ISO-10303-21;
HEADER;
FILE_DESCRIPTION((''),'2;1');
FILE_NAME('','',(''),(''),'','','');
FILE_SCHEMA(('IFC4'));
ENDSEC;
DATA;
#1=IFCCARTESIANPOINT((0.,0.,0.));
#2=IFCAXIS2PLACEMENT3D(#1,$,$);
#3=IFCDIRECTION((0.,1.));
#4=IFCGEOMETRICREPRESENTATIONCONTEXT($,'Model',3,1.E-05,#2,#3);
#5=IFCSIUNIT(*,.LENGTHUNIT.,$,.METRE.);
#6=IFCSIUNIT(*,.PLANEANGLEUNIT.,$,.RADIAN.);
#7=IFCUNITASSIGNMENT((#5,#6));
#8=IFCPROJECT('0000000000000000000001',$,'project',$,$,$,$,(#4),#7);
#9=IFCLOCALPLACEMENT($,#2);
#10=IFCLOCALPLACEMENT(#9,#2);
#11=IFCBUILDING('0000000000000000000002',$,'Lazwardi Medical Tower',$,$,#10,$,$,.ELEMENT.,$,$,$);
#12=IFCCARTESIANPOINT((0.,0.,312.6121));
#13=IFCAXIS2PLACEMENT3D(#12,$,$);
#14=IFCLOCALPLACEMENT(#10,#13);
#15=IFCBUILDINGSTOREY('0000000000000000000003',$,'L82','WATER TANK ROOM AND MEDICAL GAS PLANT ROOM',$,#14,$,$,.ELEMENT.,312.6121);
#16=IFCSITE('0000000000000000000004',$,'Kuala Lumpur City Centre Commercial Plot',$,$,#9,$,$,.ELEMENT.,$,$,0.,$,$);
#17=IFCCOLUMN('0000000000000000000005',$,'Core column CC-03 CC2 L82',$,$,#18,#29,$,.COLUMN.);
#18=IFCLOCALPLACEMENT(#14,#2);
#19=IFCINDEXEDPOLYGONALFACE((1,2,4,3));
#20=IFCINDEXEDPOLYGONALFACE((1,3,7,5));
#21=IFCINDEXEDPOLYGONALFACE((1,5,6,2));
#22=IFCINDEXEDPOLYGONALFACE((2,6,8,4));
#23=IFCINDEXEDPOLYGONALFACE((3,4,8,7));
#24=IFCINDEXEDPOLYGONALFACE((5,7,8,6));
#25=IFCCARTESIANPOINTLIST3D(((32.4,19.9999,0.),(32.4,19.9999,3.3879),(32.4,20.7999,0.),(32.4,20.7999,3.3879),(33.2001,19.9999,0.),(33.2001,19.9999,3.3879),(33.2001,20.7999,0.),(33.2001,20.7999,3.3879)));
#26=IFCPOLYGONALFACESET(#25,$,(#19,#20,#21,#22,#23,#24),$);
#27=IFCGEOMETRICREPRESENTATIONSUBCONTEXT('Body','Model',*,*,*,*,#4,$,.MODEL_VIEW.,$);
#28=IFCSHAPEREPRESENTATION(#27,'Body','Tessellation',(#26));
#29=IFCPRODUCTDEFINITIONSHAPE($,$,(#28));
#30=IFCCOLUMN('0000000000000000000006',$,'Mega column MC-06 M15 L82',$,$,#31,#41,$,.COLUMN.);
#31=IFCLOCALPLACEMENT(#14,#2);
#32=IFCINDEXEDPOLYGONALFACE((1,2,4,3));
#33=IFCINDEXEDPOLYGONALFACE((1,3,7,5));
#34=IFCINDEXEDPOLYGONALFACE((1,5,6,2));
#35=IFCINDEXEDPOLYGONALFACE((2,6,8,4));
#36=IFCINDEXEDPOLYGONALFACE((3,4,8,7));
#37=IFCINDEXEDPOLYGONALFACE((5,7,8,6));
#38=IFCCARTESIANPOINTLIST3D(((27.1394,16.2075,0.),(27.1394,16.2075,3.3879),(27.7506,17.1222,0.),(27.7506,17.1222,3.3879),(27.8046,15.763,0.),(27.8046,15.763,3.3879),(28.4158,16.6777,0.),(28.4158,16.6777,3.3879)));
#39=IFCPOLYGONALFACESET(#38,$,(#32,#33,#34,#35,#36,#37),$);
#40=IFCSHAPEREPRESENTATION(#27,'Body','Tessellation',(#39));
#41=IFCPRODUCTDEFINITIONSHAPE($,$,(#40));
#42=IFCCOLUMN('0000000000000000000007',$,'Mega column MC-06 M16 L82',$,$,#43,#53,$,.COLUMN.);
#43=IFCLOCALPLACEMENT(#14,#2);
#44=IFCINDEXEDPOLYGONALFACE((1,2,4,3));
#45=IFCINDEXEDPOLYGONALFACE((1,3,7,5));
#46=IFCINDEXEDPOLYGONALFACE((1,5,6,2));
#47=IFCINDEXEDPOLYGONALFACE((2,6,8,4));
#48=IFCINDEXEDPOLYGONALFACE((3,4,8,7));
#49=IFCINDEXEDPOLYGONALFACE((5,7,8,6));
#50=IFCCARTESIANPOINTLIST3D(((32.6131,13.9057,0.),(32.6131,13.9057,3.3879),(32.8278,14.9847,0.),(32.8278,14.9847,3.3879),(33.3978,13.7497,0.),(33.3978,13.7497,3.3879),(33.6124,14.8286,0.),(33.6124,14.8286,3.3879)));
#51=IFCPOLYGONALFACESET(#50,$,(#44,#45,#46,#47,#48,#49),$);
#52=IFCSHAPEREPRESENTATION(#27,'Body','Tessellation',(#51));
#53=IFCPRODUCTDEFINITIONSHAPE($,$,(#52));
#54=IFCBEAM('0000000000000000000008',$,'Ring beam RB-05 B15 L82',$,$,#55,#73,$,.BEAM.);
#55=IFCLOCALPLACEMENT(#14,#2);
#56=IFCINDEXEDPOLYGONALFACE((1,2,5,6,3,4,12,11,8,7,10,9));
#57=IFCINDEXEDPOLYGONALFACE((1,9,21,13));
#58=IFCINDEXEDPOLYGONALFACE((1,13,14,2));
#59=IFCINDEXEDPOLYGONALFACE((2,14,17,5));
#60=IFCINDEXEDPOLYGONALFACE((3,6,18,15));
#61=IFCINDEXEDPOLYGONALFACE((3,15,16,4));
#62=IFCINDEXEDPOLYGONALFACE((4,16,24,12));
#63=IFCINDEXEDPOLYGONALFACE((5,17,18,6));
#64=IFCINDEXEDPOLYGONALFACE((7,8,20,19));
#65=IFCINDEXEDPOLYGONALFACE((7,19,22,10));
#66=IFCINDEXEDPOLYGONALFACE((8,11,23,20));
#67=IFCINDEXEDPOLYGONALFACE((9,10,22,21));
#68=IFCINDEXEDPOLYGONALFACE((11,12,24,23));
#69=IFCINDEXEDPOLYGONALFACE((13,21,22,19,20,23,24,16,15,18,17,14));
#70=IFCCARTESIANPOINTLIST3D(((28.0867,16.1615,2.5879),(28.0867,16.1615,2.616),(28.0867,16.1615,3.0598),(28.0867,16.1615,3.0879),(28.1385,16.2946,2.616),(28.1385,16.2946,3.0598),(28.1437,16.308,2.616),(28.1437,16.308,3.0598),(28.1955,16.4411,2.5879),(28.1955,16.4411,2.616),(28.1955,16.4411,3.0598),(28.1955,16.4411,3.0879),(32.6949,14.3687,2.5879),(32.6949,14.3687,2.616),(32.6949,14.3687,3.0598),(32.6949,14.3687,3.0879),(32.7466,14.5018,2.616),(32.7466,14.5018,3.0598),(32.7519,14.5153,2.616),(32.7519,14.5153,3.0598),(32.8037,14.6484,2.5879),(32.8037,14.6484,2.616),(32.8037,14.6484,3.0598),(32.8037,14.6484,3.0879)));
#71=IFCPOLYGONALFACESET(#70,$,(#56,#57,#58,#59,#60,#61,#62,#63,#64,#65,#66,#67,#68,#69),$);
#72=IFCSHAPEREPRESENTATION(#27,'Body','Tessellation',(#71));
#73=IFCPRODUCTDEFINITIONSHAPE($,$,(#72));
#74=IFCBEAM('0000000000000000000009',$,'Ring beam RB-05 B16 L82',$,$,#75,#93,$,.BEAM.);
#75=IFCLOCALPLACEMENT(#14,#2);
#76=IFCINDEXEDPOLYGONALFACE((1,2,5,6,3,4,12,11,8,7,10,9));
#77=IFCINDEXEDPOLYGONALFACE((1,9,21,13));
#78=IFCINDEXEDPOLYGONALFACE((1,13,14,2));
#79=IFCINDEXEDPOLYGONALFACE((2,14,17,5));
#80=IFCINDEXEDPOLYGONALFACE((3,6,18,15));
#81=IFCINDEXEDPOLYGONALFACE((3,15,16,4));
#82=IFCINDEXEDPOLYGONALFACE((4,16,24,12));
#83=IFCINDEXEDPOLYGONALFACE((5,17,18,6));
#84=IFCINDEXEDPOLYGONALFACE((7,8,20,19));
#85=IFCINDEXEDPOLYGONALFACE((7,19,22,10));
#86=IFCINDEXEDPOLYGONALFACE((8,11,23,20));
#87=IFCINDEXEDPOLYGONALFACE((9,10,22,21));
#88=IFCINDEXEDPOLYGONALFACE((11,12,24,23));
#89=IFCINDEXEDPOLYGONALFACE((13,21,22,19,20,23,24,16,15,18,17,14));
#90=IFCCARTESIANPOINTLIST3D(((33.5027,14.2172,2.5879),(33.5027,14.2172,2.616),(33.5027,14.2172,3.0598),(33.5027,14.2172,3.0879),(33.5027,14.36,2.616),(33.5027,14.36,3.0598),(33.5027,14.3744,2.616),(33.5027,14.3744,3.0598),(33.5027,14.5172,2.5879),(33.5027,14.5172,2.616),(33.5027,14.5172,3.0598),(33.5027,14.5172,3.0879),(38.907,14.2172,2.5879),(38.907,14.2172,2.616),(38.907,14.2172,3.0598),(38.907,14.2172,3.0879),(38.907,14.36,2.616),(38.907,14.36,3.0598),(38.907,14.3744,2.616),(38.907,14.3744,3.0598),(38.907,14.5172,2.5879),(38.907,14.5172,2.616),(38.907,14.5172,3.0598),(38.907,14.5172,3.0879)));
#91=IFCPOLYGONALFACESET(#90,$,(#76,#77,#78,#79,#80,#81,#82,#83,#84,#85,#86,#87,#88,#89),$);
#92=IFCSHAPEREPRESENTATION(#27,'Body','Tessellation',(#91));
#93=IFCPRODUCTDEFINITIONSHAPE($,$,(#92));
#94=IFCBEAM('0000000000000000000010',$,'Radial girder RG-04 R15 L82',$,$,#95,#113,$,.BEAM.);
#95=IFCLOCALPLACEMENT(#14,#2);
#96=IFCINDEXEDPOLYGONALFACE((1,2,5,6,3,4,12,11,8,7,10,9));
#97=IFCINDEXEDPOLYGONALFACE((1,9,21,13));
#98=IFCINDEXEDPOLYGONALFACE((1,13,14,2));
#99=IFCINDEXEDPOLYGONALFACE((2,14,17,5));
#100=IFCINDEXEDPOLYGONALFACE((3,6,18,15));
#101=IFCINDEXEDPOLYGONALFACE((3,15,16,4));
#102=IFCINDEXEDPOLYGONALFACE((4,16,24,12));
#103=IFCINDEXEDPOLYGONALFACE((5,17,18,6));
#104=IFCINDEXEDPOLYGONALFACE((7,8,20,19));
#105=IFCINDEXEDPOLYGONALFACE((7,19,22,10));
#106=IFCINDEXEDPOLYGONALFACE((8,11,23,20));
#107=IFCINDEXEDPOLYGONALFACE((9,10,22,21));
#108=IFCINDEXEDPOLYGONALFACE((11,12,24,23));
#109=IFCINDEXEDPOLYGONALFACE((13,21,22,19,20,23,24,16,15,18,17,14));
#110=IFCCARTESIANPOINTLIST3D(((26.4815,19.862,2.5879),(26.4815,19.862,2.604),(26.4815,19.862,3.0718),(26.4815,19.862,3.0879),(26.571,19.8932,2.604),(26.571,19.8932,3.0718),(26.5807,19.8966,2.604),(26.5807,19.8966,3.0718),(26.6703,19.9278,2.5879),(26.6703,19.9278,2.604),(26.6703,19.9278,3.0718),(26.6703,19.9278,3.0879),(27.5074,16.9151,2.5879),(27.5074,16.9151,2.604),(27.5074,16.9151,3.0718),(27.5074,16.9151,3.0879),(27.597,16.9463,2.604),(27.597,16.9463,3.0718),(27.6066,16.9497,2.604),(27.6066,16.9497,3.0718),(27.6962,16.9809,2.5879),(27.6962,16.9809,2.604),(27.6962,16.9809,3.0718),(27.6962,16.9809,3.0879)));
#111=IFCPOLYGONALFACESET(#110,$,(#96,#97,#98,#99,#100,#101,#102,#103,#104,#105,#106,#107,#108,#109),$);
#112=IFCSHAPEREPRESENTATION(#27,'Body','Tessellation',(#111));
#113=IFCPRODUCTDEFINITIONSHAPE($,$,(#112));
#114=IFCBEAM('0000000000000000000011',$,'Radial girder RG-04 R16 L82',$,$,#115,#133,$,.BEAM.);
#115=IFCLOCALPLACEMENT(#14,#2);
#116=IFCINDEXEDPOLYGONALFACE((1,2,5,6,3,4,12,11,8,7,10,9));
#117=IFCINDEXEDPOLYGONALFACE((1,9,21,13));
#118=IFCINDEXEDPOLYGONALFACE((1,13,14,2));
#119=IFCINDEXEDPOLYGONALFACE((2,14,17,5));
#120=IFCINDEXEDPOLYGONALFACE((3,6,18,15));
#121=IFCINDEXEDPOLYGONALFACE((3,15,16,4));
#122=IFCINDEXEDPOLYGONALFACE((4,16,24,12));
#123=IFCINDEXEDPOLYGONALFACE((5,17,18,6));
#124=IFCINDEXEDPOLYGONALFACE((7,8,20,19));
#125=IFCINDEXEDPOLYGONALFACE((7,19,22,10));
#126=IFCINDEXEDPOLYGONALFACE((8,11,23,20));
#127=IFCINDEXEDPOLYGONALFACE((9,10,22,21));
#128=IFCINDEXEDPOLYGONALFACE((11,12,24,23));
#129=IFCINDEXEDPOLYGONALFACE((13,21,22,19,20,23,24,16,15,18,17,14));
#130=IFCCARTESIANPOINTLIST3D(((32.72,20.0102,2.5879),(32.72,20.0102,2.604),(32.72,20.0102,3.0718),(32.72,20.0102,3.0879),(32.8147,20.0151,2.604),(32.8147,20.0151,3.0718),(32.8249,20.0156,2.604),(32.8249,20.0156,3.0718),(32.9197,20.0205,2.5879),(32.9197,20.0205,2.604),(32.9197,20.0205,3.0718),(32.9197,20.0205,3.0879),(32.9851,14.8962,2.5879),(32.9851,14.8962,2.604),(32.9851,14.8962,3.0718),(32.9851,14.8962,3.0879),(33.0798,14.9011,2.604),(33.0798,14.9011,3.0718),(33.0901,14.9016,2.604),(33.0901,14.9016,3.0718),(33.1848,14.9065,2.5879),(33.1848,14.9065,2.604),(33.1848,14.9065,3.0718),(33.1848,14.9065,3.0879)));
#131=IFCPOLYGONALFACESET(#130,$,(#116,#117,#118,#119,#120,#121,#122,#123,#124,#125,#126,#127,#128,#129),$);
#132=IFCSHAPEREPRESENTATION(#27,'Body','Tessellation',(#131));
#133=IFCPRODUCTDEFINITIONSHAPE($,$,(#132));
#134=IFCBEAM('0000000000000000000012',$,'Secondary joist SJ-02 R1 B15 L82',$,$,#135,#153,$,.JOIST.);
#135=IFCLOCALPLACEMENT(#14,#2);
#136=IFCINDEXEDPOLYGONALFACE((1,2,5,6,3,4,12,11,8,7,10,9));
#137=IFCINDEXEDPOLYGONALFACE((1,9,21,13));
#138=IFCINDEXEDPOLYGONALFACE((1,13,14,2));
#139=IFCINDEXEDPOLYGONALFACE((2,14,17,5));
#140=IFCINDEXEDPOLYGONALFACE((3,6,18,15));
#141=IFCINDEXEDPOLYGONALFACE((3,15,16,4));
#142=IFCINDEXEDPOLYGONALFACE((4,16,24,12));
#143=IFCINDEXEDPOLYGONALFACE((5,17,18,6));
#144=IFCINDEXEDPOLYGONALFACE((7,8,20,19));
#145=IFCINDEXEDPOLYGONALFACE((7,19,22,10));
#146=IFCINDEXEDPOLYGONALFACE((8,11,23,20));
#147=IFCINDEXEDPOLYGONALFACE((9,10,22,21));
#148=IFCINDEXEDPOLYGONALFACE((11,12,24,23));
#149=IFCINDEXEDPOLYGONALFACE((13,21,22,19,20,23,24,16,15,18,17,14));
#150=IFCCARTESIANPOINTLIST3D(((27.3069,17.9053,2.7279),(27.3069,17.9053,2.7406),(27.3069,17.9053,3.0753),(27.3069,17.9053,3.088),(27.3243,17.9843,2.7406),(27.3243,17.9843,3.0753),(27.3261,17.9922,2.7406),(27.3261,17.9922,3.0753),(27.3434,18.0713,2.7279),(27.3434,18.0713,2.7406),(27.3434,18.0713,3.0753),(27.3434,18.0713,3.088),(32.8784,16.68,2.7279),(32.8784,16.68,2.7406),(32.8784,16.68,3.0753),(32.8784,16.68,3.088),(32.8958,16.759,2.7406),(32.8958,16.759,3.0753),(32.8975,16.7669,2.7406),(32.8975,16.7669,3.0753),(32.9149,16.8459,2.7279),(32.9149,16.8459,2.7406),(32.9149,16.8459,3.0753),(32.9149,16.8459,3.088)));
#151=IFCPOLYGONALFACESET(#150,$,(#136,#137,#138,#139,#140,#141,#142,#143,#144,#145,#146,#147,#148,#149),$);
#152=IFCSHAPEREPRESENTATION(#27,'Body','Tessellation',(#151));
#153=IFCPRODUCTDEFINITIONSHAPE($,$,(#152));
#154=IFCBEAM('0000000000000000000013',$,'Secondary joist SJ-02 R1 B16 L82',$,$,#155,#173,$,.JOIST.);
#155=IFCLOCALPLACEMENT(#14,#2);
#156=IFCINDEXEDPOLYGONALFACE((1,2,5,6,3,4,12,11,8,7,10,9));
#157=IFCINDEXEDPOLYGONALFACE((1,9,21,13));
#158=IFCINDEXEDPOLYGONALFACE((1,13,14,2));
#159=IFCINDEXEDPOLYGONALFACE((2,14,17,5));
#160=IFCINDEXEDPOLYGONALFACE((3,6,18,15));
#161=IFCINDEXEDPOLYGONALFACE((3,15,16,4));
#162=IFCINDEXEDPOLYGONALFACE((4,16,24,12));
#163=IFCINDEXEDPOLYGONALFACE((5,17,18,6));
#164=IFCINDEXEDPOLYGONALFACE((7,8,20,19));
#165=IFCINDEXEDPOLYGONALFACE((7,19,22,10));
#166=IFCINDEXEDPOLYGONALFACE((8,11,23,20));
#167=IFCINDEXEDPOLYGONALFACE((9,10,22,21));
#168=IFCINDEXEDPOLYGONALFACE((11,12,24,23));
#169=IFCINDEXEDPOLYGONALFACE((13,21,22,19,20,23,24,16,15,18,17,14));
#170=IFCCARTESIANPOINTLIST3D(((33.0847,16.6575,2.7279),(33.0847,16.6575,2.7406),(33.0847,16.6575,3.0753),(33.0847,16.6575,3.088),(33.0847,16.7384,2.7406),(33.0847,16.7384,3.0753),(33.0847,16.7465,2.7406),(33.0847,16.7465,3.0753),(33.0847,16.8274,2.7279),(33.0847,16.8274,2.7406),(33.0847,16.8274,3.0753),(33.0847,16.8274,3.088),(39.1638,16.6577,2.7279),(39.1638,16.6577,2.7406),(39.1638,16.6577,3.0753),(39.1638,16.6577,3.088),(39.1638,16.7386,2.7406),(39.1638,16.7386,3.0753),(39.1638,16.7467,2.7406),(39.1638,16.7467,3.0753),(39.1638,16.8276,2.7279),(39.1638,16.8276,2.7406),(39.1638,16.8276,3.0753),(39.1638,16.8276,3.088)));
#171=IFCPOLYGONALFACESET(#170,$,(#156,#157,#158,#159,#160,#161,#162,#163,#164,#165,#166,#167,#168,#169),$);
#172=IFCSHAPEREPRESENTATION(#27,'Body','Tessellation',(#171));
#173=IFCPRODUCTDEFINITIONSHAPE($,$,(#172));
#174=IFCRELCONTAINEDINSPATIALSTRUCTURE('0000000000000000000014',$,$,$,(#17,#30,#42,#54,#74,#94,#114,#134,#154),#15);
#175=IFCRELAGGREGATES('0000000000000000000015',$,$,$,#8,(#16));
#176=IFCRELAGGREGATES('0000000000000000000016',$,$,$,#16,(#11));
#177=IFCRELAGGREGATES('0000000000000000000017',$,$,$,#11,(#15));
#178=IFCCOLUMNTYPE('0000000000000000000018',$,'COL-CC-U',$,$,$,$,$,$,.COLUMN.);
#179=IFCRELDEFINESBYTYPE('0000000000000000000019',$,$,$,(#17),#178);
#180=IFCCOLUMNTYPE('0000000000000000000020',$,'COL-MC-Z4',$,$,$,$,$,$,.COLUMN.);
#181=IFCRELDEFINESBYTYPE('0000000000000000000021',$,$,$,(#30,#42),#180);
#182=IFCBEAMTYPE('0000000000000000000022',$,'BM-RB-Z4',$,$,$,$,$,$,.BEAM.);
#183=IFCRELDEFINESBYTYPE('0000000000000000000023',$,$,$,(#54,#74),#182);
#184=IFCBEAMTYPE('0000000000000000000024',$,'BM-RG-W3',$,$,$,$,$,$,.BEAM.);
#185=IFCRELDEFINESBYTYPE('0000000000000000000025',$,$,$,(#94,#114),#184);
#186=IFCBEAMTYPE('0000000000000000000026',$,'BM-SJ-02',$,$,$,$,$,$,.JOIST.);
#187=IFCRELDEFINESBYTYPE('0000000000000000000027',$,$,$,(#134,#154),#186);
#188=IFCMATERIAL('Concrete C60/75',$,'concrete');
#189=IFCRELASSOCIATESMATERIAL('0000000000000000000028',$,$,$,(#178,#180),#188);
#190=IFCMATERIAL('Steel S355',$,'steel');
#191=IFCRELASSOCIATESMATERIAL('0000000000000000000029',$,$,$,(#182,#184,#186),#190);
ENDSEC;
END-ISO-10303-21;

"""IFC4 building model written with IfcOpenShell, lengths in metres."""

from ifc_helpers import new_model, si_unit, direction, frame, origin, origin_2d, place, context, subcontext, project, spatial, rectangle, i_section, extrude, material, material_profile, profile_set, type_object, element, save


model = new_model("IFC4")

# Units and contexts
model_context = context("Model", 3, precision=1e-05, world=origin(), true_north=direction((0.0, 1.0)))
body_context = subcontext(model_context, "Body", "Model", "MODEL_VIEW")
ifc_project = project(units=[si_unit("LENGTHUNIT", "METRE"), si_unit("PLANEANGLEUNIT", "RADIAN")], contexts=[model_context])

# Site, building, storey
site_placement = place(None, origin())
site = spatial("IfcSite", under=ifc_project, at=site_placement, Name="Kuala Lumpur City Centre Commercial Plot", CompositionType="ELEMENT", RefElevation=0.0)
building_placement = place(site_placement, origin())
building = spatial("IfcBuilding", under=site, at=building_placement, Name="Lazwardi Medical Tower", CompositionType="ELEMENT")
storey_placement = place(building_placement, frame((0.0, 0.0, 312.6121)))
storey = spatial("IfcBuildingStorey", under=building, at=storey_placement, Name="L82", Description="WATER TANK ROOM AND MEDICAL GAS PLANT ROOM", CompositionType="ELEMENT", Elevation=312.6121)

# Columns
ifc_material_1 = material(Name="Concrete C60/75", Category="concrete")
ifc_material_profile_1 = material_profile(ifc_material_1, rectangle(XDim=0.8, YDim=0.8, at=origin_2d()), Name="RC 800x800")
ifc_profile_set_1 = profile_set([ifc_material_profile_1], Name="Concrete C60/75")
column_type_1 = type_object("IfcColumnType", Name="COL-CC-U", PredefinedType="COLUMN", material=ifc_profile_set_1)
column_placement = place(storey_placement, frame((32.8, 20.3999, 0.0), z_axis=(0.0, 0.0, 1.0), x_axis=(1.0, 0.0, 0.0)))
element("IfcColumn", 1, at=column_placement, inside=storey, type_object=column_type_1, Name="Core column CC-03 CC2 L82", PredefinedType="COLUMN", context=body_context, shape_type="SweptSolid", body=[
    extrude(rectangle(XDim=0.8, YDim=0.8, at=origin_2d()), origin(), (0.0, 0.0, 1.0), 3.3879),
])
ifc_material_profile_2 = material_profile(ifc_material_1, rectangle(XDim=1.1001, YDim=0.8, at=origin_2d()), Name="CFT-RECT 1100x800")
ifc_profile_set_2 = profile_set([ifc_material_profile_2], Name="Concrete C60/75")
column_type_2 = type_object("IfcColumnType", Name="COL-MC-Z4", PredefinedType="COLUMN", material=ifc_profile_set_2)
for number, where, z_axis, x_axis, name in (
    (2, (27.7776, 16.4426, 0.0), (0.0, 0.0, 1.0), (-0.55557, -0.83147, 0.0), "Mega column MC-06 M15 L82"),
    (3, (33.1128, 14.3672, 0.0), (0.0, 0.0, 1.0), (-0.19509, -0.980785, 0.0), "Mega column MC-06 M16 L82"),
):
    element("IfcColumn", number, at=place(storey_placement, frame(where, z_axis=z_axis, x_axis=x_axis)), inside=storey, type_object=column_type_2, Name=name, PredefinedType="COLUMN", context=body_context, shape_type="SweptSolid", body=[
        extrude(rectangle(XDim=1.1001, YDim=0.8, at=origin_2d()), origin(), (0.0, 0.0, 1.0), 3.3879),
    ])

# Beams
ifc_material_2 = material(Name="Steel S355", Category="steel")
ifc_material_profile_3 = material_profile(ifc_material_2, i_section(OverallWidth=0.3, OverallDepth=0.5, WebThickness=0.0144, FlangeThickness=0.0281, at=origin_2d()), Name="HEB 500")
ifc_profile_set_3 = profile_set([ifc_material_profile_3], Name="Steel S355")
beam_type_1 = type_object("IfcBeamType", Name="BM-RB-Z4", PredefinedType="BEAM", material=ifc_profile_set_3)
beam_1_placement = place(storey_placement, frame((28.1411, 16.3013, 2.8379), z_axis=(0.931959, -0.362563, 0.0), x_axis=(0.362563, 0.931959, 0.0)))
element("IfcBeam", 4, at=beam_1_placement, inside=storey, type_object=beam_type_1, Name="Ring beam RB-05 B15 L82", PredefinedType="BEAM", context=body_context, shape_type="SweptSolid", body=[
    extrude(i_section(OverallWidth=0.3, OverallDepth=0.5, WebThickness=0.0144, FlangeThickness=0.0281, at=origin_2d()), origin(), (0.0, 0.0, 1.0), 4.9446),
])
beam_2_placement = place(storey_placement, frame((33.5027, 14.3672, 2.8379), z_axis=(1.0, 0.0, 0.0), x_axis=(0.0, 1.0, 0.0)))
element("IfcBeam", 5, at=beam_2_placement, inside=storey, type_object=beam_type_1, Name="Ring beam RB-05 B16 L82", PredefinedType="BEAM", context=body_context, shape_type="SweptSolid", body=[
    extrude(i_section(OverallWidth=0.3, OverallDepth=0.5, WebThickness=0.0144, FlangeThickness=0.0281, at=origin_2d()), origin(), (0.0, 0.0, 1.0), 5.4043),
])
ifc_material_profile_4 = material_profile(ifc_material_2, i_section(OverallWidth=0.2, OverallDepth=0.5, WebThickness=0.0103, FlangeThickness=0.0161, at=origin_2d()), Name="IPE 500")
ifc_profile_set_4 = profile_set([ifc_material_profile_4], Name="Steel S355")
beam_type_2 = type_object("IfcBeamType", Name="BM-RG-W3", PredefinedType="BEAM", material=ifc_profile_set_4)
beam_3_placement = place(storey_placement, frame((27.6018, 16.948, 2.8379), z_axis=(-0.328782, 0.944406, 0.0), x_axis=(-0.944406, -0.328782, 0.0)))
element("IfcBeam", 6, at=beam_3_placement, inside=storey, type_object=beam_type_2, Name="Radial girder RG-04 R15 L82", PredefinedType="BEAM", context=body_context, shape_type="SweptSolid", body=[
    extrude(i_section(OverallWidth=0.2, OverallDepth=0.5, WebThickness=0.0103, FlangeThickness=0.0161, at=origin_2d()), origin(), (0.0, 0.0, 1.0), 3.1204),
])
beam_4_placement = place(storey_placement, frame((33.085, 14.9014, 2.8379), z_axis=(-0.051776, 0.998659, 0.0), x_axis=(-0.998659, -0.051776, 0.0)))
element("IfcBeam", 7, at=beam_4_placement, inside=storey, type_object=beam_type_2, Name="Radial girder RG-04 R16 L82", PredefinedType="BEAM", context=body_context, shape_type="SweptSolid", body=[
    extrude(i_section(OverallWidth=0.2, OverallDepth=0.5, WebThickness=0.0103, FlangeThickness=0.0161, at=origin_2d()), origin(), (0.0, 0.0, 1.0), 5.1208),
])
ifc_material_profile_5 = material_profile(ifc_material_2, i_section(OverallWidth=0.1699, OverallDepth=0.3601, WebThickness=0.0081, FlangeThickness=0.0127, at=origin_2d()), Name="IPE 360")
ifc_profile_set_5 = profile_set([ifc_material_profile_5], Name="Steel S355")
beam_type_3 = type_object("IfcBeamType", Name="BM-SJ-02", PredefinedType="JOIST", material=ifc_profile_set_5)
beam_5_placement = place(storey_placement, frame((27.3252, 17.9883, 2.908), z_axis=(0.976659, -0.214796, 0.0), x_axis=(0.214796, 0.976659, 0.0)))
element("IfcBeam", 8, at=beam_5_placement, inside=storey, type_object=beam_type_3, Name="Secondary joist SJ-02 R1 B15 L82", PredefinedType="JOIST", context=body_context, shape_type="SweptSolid", body=[
    extrude(i_section(OverallWidth=0.1699, OverallDepth=0.3601, WebThickness=0.0081, FlangeThickness=0.0127, at=origin_2d()), origin(), (0.0, 0.0, 1.0), 5.7046),
])
beam_6_placement = place(storey_placement, frame((33.0847, 16.7424, 2.908), z_axis=(1.0, 0.00004, 0.0), x_axis=(-0.00004, 1.0, 0.0)))
element("IfcBeam", 9, at=beam_6_placement, inside=storey, type_object=beam_type_3, Name="Secondary joist SJ-02 R1 B16 L82", PredefinedType="JOIST", context=body_context, shape_type="SweptSolid", body=[
    extrude(i_section(OverallWidth=0.1699, OverallDepth=0.3601, WebThickness=0.0081, FlangeThickness=0.0127, at=origin_2d()), origin(), (0.0, 0.0, 1.0), 6.0791),
])

save(model, "model.ifc")
